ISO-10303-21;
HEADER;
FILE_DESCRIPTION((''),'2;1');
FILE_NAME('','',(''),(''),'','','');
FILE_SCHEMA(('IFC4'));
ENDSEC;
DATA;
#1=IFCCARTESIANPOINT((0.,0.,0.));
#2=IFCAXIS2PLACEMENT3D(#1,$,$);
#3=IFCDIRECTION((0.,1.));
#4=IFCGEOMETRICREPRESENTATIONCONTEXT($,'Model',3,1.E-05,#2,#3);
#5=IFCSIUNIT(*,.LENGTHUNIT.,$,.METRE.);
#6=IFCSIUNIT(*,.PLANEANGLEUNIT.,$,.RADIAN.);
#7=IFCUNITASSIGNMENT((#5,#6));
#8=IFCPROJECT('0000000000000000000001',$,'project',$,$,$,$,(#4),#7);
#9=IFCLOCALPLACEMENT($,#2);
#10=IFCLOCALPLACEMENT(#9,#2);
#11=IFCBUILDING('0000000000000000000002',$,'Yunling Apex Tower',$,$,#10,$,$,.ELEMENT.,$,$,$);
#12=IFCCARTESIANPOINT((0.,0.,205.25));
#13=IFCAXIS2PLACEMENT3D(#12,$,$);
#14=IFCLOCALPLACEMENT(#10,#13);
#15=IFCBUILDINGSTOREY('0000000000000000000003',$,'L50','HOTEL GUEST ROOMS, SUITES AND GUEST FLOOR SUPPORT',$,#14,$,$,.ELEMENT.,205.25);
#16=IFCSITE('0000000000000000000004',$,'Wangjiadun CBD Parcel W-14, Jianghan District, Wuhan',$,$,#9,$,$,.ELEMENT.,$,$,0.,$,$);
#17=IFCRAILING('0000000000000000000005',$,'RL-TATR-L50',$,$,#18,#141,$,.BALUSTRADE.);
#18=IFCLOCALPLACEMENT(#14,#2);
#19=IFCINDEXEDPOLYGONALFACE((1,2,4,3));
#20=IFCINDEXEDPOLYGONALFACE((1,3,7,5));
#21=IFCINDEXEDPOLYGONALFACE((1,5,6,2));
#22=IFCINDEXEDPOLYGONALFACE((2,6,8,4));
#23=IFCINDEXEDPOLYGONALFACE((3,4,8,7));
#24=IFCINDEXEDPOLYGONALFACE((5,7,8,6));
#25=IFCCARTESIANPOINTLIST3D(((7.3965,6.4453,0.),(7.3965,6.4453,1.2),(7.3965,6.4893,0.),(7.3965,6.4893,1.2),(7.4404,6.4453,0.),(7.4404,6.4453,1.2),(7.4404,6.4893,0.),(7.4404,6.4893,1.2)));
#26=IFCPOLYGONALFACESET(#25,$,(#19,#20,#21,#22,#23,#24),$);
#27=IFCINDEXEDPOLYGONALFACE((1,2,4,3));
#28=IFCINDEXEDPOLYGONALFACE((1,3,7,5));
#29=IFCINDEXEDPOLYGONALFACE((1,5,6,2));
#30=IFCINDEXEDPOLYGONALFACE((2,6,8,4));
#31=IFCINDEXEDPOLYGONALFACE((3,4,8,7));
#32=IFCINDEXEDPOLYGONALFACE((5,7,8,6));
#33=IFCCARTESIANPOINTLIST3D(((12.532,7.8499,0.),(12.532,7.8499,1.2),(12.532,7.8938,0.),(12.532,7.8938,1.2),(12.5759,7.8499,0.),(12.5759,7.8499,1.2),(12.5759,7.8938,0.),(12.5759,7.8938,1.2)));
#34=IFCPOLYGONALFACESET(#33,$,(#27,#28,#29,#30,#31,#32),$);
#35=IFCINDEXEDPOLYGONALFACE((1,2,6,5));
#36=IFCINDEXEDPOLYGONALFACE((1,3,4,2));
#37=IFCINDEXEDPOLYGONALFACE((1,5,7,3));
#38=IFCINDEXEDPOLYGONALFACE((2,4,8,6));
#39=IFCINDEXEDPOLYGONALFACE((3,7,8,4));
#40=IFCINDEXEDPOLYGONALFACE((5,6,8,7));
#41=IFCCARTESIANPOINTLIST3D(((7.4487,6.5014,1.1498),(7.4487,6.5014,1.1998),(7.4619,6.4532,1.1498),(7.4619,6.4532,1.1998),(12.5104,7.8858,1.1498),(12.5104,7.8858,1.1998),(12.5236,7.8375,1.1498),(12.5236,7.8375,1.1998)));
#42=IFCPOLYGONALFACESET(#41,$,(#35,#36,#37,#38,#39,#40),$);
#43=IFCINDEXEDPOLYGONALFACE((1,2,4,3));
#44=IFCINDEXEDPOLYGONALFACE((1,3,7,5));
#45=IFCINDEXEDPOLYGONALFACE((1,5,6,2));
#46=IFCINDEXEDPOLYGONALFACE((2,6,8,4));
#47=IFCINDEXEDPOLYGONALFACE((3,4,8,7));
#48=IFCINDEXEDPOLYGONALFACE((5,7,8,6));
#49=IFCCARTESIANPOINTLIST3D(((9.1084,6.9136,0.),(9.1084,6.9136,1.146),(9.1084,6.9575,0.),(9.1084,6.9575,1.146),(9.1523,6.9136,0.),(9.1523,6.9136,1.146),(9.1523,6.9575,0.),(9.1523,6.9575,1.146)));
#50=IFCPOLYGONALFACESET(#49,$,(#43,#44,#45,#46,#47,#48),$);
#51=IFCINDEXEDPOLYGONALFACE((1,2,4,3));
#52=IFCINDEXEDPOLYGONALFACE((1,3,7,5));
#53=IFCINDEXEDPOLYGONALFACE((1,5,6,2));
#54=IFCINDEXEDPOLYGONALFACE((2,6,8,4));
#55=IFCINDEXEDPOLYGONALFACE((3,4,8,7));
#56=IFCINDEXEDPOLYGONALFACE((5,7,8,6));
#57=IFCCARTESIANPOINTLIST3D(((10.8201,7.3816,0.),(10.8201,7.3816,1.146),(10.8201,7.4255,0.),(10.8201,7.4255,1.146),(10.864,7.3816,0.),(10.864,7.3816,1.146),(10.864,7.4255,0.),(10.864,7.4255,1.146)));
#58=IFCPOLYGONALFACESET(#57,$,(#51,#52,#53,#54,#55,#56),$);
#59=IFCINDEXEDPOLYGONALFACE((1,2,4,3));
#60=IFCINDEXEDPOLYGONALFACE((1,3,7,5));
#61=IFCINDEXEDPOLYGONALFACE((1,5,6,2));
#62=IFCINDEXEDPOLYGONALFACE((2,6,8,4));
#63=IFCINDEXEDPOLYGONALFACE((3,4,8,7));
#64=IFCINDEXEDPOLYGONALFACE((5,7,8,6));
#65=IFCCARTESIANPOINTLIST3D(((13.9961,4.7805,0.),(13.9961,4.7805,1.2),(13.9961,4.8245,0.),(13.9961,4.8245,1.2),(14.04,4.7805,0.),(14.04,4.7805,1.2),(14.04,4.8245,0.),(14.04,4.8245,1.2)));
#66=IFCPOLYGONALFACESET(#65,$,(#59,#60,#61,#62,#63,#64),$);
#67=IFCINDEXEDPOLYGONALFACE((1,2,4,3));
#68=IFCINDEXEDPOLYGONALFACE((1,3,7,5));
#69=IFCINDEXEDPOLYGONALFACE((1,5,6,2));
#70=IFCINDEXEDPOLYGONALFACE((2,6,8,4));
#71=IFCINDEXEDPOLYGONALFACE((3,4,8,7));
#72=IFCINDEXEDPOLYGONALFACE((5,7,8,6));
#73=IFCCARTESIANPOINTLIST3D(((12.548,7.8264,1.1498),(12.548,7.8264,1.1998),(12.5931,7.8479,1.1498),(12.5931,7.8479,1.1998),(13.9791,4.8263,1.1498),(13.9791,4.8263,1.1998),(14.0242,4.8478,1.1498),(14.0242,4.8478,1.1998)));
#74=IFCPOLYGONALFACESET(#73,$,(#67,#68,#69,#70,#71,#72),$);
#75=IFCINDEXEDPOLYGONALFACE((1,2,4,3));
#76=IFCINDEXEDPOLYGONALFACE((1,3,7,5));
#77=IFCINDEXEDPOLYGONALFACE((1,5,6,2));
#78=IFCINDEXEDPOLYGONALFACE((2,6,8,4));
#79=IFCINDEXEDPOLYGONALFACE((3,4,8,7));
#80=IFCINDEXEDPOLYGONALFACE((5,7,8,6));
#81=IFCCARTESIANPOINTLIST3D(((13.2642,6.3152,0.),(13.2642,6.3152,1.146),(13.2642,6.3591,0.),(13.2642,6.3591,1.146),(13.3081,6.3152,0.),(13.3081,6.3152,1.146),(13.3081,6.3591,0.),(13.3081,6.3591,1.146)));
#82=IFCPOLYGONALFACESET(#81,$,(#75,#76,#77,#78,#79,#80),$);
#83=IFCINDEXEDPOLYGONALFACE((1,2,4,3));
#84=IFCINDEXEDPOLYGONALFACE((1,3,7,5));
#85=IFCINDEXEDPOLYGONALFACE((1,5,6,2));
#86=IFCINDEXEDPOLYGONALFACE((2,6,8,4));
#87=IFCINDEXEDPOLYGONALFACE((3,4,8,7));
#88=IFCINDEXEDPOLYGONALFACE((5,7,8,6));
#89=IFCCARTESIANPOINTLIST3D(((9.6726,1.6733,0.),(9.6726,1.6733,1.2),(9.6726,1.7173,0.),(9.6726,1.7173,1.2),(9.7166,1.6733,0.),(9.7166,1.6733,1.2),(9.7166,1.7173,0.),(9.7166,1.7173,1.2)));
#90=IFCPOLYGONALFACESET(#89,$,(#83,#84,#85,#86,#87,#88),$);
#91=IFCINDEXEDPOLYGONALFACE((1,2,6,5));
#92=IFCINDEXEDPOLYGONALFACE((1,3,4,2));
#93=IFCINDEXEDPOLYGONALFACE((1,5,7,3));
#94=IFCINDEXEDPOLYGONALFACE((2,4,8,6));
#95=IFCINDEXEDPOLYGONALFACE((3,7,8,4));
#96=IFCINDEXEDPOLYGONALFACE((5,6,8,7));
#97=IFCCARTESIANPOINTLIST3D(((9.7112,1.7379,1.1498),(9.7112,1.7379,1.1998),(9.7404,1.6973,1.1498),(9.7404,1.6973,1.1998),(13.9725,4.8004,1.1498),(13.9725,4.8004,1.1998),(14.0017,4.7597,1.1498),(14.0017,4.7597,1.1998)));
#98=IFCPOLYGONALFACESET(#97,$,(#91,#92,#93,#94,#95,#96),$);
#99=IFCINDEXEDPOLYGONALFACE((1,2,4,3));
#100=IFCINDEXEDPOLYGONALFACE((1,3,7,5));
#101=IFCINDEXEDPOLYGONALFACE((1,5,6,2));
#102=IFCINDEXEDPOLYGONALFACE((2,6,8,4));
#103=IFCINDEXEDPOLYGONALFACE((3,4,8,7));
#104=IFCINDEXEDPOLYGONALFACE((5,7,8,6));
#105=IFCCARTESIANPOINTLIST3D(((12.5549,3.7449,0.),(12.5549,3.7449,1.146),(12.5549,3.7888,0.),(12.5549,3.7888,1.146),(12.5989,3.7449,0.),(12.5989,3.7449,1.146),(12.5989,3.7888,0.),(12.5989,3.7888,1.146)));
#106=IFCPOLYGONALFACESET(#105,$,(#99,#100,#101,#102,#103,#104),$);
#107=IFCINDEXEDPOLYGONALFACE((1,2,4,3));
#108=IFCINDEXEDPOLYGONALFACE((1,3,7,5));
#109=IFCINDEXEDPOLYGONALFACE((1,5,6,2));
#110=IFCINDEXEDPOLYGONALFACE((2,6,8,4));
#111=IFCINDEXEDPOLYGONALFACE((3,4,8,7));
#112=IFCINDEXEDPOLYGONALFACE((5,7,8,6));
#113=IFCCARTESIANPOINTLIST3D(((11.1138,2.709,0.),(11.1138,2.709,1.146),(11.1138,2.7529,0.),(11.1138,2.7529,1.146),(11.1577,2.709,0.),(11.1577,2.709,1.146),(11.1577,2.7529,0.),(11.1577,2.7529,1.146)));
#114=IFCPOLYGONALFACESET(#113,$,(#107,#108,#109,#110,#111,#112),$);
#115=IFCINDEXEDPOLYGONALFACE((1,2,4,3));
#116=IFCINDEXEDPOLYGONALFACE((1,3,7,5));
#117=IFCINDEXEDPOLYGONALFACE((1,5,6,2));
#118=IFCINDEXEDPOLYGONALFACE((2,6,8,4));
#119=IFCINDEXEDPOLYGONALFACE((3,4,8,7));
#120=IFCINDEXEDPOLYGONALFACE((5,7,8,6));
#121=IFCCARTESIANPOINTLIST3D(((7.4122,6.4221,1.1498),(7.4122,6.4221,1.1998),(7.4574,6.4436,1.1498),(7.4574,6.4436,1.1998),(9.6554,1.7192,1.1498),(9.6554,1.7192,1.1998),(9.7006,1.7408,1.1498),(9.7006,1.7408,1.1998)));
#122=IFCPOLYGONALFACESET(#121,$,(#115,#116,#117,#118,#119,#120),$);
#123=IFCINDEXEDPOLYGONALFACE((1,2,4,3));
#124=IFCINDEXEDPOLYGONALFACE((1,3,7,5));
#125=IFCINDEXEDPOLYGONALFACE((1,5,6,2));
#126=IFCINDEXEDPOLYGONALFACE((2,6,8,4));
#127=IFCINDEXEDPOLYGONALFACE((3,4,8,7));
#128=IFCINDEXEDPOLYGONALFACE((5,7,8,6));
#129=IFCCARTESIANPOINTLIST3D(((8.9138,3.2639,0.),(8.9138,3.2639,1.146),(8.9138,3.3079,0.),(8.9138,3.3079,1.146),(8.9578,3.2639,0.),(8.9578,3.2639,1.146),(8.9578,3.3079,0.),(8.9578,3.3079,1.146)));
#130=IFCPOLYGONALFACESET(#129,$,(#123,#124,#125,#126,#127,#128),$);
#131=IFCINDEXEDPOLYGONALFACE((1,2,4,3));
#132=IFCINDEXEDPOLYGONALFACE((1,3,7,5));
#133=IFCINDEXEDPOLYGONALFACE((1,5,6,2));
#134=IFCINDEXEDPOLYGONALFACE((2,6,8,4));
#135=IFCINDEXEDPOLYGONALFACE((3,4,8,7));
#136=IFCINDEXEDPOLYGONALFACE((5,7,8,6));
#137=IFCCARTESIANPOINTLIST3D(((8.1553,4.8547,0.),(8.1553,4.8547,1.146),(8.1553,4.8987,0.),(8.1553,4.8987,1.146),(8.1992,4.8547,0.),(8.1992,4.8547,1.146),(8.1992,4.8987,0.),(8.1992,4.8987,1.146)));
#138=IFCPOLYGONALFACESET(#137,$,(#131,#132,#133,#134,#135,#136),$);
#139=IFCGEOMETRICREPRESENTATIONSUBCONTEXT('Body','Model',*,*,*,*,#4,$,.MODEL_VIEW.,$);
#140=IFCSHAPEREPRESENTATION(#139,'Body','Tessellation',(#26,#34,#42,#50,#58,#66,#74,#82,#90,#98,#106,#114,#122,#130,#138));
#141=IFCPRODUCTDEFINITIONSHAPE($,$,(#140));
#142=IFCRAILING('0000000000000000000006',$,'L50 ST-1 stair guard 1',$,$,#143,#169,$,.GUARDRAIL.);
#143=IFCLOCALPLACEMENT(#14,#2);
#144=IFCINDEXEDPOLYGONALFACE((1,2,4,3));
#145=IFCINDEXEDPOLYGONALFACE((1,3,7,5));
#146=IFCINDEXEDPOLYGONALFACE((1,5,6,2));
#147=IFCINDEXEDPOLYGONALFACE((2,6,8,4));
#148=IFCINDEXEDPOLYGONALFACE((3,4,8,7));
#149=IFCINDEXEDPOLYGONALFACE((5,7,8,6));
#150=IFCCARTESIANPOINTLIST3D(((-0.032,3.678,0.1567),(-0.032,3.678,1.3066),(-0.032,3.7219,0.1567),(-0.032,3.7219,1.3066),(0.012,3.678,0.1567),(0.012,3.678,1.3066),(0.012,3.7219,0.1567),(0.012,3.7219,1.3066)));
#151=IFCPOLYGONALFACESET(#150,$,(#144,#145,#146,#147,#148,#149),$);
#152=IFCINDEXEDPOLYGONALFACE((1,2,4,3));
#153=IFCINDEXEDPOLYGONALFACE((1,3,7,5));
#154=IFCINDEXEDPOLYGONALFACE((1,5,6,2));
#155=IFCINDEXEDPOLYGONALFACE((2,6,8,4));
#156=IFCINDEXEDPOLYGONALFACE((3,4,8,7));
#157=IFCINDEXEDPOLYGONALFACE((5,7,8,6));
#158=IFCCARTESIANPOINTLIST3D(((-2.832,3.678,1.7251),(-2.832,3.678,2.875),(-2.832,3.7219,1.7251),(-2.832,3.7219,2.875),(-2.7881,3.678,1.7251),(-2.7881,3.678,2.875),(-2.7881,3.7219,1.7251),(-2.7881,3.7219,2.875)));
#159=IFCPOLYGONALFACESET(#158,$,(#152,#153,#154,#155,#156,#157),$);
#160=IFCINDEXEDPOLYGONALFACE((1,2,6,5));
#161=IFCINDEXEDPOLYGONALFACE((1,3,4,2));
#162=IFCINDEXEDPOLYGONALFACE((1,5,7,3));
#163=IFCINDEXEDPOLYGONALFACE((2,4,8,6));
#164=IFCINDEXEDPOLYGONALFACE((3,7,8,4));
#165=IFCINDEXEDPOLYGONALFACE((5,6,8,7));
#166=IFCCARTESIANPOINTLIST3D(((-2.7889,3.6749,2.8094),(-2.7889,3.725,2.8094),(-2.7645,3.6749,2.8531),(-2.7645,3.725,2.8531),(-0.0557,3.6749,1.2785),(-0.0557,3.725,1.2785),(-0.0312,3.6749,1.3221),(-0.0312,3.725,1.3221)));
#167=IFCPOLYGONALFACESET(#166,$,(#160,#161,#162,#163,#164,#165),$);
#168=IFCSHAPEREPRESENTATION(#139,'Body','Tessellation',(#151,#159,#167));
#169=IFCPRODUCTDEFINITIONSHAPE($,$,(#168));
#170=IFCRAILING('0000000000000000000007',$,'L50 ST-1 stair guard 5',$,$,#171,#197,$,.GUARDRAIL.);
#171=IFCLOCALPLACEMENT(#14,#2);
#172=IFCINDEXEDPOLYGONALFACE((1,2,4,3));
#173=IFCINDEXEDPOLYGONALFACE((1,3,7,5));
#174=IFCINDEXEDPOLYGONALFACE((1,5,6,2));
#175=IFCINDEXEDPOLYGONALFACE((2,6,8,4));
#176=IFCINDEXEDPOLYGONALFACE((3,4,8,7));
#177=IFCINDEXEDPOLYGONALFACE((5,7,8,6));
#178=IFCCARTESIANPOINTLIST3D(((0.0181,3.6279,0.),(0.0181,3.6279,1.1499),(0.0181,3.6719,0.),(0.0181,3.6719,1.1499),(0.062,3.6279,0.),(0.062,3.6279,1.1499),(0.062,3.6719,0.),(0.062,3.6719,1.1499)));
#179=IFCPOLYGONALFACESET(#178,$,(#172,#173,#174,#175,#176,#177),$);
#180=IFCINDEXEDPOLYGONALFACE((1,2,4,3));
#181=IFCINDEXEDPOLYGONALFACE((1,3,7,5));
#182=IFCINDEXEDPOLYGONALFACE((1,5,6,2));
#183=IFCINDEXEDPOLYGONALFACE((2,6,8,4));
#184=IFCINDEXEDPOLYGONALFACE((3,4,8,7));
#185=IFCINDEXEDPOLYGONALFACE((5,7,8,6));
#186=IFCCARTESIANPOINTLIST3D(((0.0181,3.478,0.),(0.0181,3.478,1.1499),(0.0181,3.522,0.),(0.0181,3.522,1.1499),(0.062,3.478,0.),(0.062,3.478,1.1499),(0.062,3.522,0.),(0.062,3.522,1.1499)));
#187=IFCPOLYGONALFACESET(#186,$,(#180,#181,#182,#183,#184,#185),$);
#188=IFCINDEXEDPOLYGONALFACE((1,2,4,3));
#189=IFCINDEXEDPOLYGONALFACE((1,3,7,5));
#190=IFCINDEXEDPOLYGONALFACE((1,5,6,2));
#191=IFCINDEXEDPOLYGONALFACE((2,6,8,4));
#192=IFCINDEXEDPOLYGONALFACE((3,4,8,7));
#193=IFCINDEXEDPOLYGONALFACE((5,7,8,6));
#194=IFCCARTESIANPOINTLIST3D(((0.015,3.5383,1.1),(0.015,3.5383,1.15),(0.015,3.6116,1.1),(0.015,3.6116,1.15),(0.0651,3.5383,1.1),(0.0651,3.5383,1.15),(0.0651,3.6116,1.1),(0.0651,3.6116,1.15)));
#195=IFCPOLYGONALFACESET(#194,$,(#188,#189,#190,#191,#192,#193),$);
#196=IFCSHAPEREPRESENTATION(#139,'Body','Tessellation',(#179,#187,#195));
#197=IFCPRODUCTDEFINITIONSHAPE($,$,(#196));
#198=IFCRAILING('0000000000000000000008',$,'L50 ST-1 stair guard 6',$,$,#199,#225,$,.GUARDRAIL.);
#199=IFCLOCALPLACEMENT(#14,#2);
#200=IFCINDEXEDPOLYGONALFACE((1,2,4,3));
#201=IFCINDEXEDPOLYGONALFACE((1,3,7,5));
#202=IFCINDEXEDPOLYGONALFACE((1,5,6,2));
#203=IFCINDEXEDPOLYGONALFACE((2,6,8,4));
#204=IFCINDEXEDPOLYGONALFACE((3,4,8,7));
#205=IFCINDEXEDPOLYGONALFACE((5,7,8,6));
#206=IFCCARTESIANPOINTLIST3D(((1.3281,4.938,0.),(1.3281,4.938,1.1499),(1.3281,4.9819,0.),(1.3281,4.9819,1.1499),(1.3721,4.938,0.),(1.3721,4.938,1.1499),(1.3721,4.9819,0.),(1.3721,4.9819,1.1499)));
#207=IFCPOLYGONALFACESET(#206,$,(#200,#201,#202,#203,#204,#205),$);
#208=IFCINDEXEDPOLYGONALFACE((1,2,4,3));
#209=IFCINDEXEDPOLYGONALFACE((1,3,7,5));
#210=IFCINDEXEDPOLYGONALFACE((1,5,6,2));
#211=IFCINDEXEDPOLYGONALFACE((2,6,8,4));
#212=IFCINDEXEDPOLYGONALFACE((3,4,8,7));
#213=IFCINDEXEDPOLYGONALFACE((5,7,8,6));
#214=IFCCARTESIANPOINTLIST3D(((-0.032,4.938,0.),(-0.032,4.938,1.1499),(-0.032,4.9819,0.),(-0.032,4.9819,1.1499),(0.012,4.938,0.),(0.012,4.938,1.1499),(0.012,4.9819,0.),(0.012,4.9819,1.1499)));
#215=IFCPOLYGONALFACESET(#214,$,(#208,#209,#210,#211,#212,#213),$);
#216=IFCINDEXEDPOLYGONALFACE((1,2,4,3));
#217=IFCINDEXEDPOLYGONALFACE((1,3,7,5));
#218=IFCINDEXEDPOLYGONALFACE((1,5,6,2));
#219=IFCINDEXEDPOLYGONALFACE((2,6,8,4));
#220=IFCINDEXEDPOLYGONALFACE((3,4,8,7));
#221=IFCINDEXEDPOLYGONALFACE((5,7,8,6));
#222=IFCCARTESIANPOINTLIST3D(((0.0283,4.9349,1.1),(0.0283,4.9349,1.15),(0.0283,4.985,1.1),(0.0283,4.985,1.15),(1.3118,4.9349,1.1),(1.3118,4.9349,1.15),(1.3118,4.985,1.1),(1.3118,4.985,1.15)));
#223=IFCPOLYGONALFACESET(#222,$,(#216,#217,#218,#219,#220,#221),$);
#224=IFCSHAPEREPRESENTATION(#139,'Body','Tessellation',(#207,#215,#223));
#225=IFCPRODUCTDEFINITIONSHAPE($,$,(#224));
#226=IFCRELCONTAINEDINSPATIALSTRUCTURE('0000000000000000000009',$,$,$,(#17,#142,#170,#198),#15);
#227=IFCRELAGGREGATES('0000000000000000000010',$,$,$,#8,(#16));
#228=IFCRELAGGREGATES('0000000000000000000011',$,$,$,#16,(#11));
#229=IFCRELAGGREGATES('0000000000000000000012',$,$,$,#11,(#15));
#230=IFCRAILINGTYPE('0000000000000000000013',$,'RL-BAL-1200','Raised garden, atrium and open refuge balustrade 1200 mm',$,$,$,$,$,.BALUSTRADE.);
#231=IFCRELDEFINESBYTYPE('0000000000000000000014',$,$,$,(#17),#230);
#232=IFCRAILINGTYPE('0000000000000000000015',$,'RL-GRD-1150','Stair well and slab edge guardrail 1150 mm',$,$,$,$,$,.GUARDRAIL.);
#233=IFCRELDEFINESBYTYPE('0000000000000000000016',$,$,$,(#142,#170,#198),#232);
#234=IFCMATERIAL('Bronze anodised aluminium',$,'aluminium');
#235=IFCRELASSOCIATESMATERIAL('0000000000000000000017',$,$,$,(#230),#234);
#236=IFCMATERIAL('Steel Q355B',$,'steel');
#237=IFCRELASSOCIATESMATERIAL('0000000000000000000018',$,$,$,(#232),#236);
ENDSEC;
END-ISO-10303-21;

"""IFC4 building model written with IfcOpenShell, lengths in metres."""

from ifc_helpers import new_model, si_unit, direction, frame, origin, origin_2d, place, context, subcontext, project, spatial, rectangle, extrude, material, type_object, element, save


model = new_model("IFC4")

# Units and contexts
model_context = context("Model", 3, precision=1e-05, world=origin(), true_north=direction((0.0, 1.0)))
body_context = subcontext(model_context, "Body", "Model", "MODEL_VIEW")
ifc_project = project(units=[si_unit("LENGTHUNIT", "METRE"), si_unit("PLANEANGLEUNIT", "RADIAN")], contexts=[model_context])

# Site, building, storey
site_placement = place(None, origin())
site = spatial("IfcSite", under=ifc_project, at=site_placement, Name="Wangjiadun CBD Parcel W-14, Jianghan District, Wuhan", CompositionType="ELEMENT", RefElevation=0.0)
building_placement = place(site_placement, origin())
building = spatial("IfcBuilding", under=site, at=building_placement, Name="Yunling Apex Tower", CompositionType="ELEMENT")
storey_placement = place(building_placement, frame((0.0, 0.0, 205.25)))
storey = spatial("IfcBuildingStorey", under=building, at=storey_placement, Name="L50", Description="HOTEL GUEST ROOMS, SUITES AND GUEST FLOOR SUPPORT", CompositionType="ELEMENT", Elevation=205.25)

# Shared definitions
ifc_material_1 = material(Name="Steel Q355B", Category="steel")

# Shared definitions
ifc_material_2 = material(Name="Bronze anodised aluminium", Category="aluminium")

# Railings
railing_type_1 = type_object("IfcRailingType", Name="RL-BAL-1200", Description="Raised garden, atrium and open refuge balustrade 1200 mm", PredefinedType="BALUSTRADE", material=ifc_material_2)
railing_1_placement = place(storey_placement, frame((7.4185, 6.4673, 0.0)))
element("IfcRailing", 1, at=railing_1_placement, inside=storey, type_object=railing_type_1, Name="RL-TATR-L50", PredefinedType="BALUSTRADE", context=body_context, shape_type="SweptSolid", body=[
    extrude(rectangle(XDim=0.0439, YDim=0.0439, at=origin_2d()), origin(), (0.0, 0.0, 1.0), 1.2),
    extrude(rectangle(XDim=0.0439, YDim=0.0439, at=origin_2d()), frame((5.1355, 1.4045, 0.0)), (0.0, 0.0, 1.0), 1.2),
    extrude(rectangle(XDim=0.05, YDim=0.05, at=origin_2d()), frame((0.0369, 0.01, 1.1748), z_axis=(0.964575, 0.263808, 0.0), x_axis=(-0.263808, 0.964575, 0.0)), (0.0, 0.0, 1.0), 5.2476),
    extrude(rectangle(XDim=0.0439, YDim=0.0439, at=origin_2d()), frame((1.7119, 0.4683, 0.0)), (0.0, 0.0, 1.0), 1.146),
    extrude(rectangle(XDim=0.0439, YDim=0.0439, at=origin_2d()), frame((3.4236, 0.9363, 0.0)), (0.0, 0.0, 1.0), 1.146),
    extrude(rectangle(XDim=0.0439, YDim=0.0439, at=origin_2d()), frame((6.5996, -1.6648, 0.0)), (0.0, 0.0, 1.0), 1.2),
    extrude(rectangle(XDim=0.05, YDim=0.05, at=origin_2d()), frame((5.1521, 1.3699, 1.1748), z_axis=(0.430538, -0.902572, 0.0), x_axis=(0.902572, 0.430538, 0.0)), (0.0, 0.0, 1.0), 3.324),
    extrude(rectangle(XDim=0.0439, YDim=0.0439, at=origin_2d()), frame((5.8677, -0.1301, 0.0)), (0.0, 0.0, 1.0), 1.146),
    extrude(rectangle(XDim=0.0439, YDim=0.0439, at=origin_2d()), frame((2.2761, -4.772, 0.0)), (0.0, 0.0, 1.0), 1.2),
    extrude(rectangle(XDim=0.05, YDim=0.05, at=origin_2d()), frame((6.5686, -1.6873, 1.1748), z_axis=(-0.812045, -0.583595, 0.0), x_axis=(0.583595, -0.812045, 0.0)), (0.0, 0.0, 1.0), 5.2476),
    extrude(rectangle(XDim=0.0439, YDim=0.0439, at=origin_2d()), frame((5.1584, -2.7004, 0.0)), (0.0, 0.0, 1.0), 1.146),
    extrude(rectangle(XDim=0.0439, YDim=0.0439, at=origin_2d()), frame((3.7173, -3.7363, 0.0)), (0.0, 0.0, 1.0), 1.146),
    extrude(rectangle(XDim=0.05, YDim=0.05, at=origin_2d()), frame((2.2595, -4.7373, 1.1748), z_axis=(-0.430512, 0.902585, 0.0), x_axis=(-0.902585, -0.430512, 0.0)), (0.0, 0.0, 1.0), 5.2104),
    extrude(rectangle(XDim=0.0439, YDim=0.0439, at=origin_2d()), frame((1.5173, -3.1814, 0.0)), (0.0, 0.0, 1.0), 1.146),
    extrude(rectangle(XDim=0.0439, YDim=0.0439, at=origin_2d()), frame((0.7588, -1.5906, 0.0)), (0.0, 0.0, 1.0), 1.146),
])
railing_type_2 = type_object("IfcRailingType", Name="RL-GRD-1150", Description="Stair well and slab edge guardrail 1150 mm", PredefinedType="GUARDRAIL", material=ifc_material_1)
railing_2_placement = place(storey_placement, frame((-0.01, 3.7, 0.1567)))
element("IfcRailing", 2, at=railing_2_placement, inside=storey, type_object=railing_type_2, Name="L50 ST-1 stair guard 1", PredefinedType="GUARDRAIL", context=body_context, shape_type="SweptSolid", body=[
    extrude(rectangle(XDim=0.0439, YDim=0.0439, at=origin_2d()), origin(), (0.0, 0.0, 1.0), 1.1499),
    extrude(rectangle(XDim=0.0439, YDim=0.0439, at=origin_2d()), frame((-2.8, 0.0, 1.5684)), (0.0, 0.0, 1.0), 1.1499),
    extrude(rectangle(XDim=0.05, YDim=0.05, at=origin_2d()), frame((-0.0334, 0.0, 1.1436), z_axis=(-0.872462, 0.0, 0.488682), x_axis=(0.0, -1.0, 0.0)), (0.0, 0.0, 1.0), 3.1328),
])
railing_3_placement = place(storey_placement, frame((0.04, 3.6499, 0.0)))
element("IfcRailing", 3, at=railing_3_placement, inside=storey, type_object=railing_type_2, Name="L50 ST-1 stair guard 5", PredefinedType="GUARDRAIL", context=body_context, shape_type="SweptSolid", body=[
    extrude(rectangle(XDim=0.0439, YDim=0.0439, at=origin_2d()), origin(), (0.0, 0.0, 1.0), 1.1499),
    extrude(rectangle(XDim=0.0439, YDim=0.0439, at=origin_2d()), frame((0.0, -0.1499, 0.0)), (0.0, 0.0, 1.0), 1.1499),
    extrude(rectangle(XDim=0.05, YDim=0.05, at=origin_2d()), frame((0.0, -0.0383, 1.125), z_axis=(0.0, -1.0, 0.0), x_axis=(1.0, 0.0, 0.0)), (0.0, 0.0, 1.0), 0.0732),
])
railing_4_placement = place(storey_placement, frame((1.3501, 4.96, 0.0)))
element("IfcRailing", 4, at=railing_4_placement, inside=storey, type_object=railing_type_2, Name="L50 ST-1 stair guard 6", PredefinedType="GUARDRAIL", context=body_context, shape_type="SweptSolid", body=[
    extrude(rectangle(XDim=0.0439, YDim=0.0439, at=origin_2d()), origin(), (0.0, 0.0, 1.0), 1.1499),
    extrude(rectangle(XDim=0.0439, YDim=0.0439, at=origin_2d()), frame((-1.3601, 0.0, 0.0)), (0.0, 0.0, 1.0), 1.1499),
    extrude(rectangle(XDim=0.05, YDim=0.05, at=origin_2d()), frame((-0.0383, 0.0, 1.125), z_axis=(-1.0, 0.0, 0.0), x_axis=(0.0, -1.0, 0.0)), (0.0, 0.0, 1.0), 1.2834),
])

save(model, "model.ifc")
